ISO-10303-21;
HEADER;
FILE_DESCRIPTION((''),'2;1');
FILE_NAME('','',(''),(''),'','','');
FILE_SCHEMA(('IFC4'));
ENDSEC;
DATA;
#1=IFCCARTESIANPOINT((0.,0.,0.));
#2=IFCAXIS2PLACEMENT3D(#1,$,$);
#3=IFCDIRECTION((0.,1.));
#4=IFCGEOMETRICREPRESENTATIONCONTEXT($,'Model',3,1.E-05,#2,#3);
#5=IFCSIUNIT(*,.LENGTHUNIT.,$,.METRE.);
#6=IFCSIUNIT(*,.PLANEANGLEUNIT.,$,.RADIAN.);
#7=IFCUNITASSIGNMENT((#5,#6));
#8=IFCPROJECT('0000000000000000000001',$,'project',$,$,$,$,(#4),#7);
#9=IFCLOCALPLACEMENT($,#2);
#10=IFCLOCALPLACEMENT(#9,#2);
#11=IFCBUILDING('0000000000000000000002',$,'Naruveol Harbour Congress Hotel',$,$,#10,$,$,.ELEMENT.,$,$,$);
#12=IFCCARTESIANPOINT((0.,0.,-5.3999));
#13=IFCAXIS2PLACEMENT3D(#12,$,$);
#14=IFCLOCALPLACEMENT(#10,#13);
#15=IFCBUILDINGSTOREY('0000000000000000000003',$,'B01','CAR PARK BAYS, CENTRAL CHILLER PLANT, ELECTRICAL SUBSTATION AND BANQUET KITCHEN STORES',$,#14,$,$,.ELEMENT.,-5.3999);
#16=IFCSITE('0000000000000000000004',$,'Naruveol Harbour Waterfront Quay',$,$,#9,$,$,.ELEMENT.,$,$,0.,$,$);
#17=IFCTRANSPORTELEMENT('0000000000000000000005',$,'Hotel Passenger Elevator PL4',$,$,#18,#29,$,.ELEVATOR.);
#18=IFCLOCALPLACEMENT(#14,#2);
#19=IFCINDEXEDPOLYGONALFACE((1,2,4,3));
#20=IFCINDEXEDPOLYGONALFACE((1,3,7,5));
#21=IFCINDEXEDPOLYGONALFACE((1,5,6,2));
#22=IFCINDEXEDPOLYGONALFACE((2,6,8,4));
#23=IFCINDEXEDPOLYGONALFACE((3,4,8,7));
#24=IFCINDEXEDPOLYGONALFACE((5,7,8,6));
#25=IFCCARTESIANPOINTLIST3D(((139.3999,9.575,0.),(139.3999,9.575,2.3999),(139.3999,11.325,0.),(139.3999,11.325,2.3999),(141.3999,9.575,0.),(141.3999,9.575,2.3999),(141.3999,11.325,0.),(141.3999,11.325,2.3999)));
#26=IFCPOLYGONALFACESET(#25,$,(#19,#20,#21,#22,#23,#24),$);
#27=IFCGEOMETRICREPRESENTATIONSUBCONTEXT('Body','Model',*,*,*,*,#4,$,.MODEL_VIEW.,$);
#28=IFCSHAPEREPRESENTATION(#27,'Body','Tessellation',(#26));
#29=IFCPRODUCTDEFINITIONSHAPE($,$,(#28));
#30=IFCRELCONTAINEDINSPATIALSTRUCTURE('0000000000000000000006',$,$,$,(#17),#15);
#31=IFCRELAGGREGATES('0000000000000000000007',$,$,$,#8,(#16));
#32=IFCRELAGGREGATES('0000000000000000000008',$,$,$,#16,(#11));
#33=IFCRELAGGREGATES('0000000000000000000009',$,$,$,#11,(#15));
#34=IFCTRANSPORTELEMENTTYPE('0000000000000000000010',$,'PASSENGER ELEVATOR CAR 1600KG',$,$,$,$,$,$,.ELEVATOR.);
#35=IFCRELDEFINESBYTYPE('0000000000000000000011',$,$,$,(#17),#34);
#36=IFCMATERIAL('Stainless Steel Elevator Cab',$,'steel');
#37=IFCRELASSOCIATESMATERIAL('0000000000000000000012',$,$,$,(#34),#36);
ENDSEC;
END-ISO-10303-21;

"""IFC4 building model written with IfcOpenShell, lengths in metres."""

from ifc_helpers import new_model, si_unit, direction, frame, origin, origin_2d, place, context, subcontext, project, spatial, rectangle, extrude, material, type_object, element, save


model = new_model("IFC4")

# Units and contexts
model_context = context("Model", 3, precision=1e-05, world=origin(), true_north=direction((0.0, 1.0)))
body_context = subcontext(model_context, "Body", "Model", "MODEL_VIEW")
ifc_project = project(units=[si_unit("LENGTHUNIT", "METRE"), si_unit("PLANEANGLEUNIT", "RADIAN")], contexts=[model_context])

# Site, building, storey
site_placement = place(None, origin())
site = spatial("IfcSite", under=ifc_project, at=site_placement, Name="Naruveol Harbour Waterfront Quay", CompositionType="ELEMENT", RefElevation=0.0)
building_placement = place(site_placement, origin())
building = spatial("IfcBuilding", under=site, at=building_placement, Name="Naruveol Harbour Congress Hotel", CompositionType="ELEMENT")
storey_placement = place(building_placement, frame((0.0, 0.0, -5.3999)))
storey = spatial("IfcBuildingStorey", under=building, at=storey_placement, Name="B01", Description="CAR PARK BAYS, CENTRAL CHILLER PLANT, ELECTRICAL SUBSTATION AND BANQUET KITCHEN STORES", CompositionType="ELEMENT", Elevation=-5.3999)

# Transport element
ifc_material_1 = material(Name="Stainless Steel Elevator Cab", Category="steel")
transport_element_type = type_object("IfcTransportElementType", Name="PASSENGER ELEVATOR CAR 1600KG", PredefinedType="ELEVATOR", material=ifc_material_1)
for number, where, z_axis, x_axis, name in (
    (1, (140.3999, 10.45, 0.0), (0.0, 0.0, 1.0), (1.0, 0.0, 0.0), "Hotel Passenger Elevator PL4"),
):
    element("IfcTransportElement", number, at=place(storey_placement, frame(where, z_axis=z_axis, x_axis=x_axis)), inside=storey, type_object=transport_element_type, Name=name, PredefinedType="ELEVATOR", context=body_context, shape_type="SweptSolid", body=[
        extrude(rectangle(XDim=2.0, YDim=1.75, at=origin_2d()), origin(), (0.0, 0.0, 1.0), 2.3999),
    ])

save(model, "model.ifc")
